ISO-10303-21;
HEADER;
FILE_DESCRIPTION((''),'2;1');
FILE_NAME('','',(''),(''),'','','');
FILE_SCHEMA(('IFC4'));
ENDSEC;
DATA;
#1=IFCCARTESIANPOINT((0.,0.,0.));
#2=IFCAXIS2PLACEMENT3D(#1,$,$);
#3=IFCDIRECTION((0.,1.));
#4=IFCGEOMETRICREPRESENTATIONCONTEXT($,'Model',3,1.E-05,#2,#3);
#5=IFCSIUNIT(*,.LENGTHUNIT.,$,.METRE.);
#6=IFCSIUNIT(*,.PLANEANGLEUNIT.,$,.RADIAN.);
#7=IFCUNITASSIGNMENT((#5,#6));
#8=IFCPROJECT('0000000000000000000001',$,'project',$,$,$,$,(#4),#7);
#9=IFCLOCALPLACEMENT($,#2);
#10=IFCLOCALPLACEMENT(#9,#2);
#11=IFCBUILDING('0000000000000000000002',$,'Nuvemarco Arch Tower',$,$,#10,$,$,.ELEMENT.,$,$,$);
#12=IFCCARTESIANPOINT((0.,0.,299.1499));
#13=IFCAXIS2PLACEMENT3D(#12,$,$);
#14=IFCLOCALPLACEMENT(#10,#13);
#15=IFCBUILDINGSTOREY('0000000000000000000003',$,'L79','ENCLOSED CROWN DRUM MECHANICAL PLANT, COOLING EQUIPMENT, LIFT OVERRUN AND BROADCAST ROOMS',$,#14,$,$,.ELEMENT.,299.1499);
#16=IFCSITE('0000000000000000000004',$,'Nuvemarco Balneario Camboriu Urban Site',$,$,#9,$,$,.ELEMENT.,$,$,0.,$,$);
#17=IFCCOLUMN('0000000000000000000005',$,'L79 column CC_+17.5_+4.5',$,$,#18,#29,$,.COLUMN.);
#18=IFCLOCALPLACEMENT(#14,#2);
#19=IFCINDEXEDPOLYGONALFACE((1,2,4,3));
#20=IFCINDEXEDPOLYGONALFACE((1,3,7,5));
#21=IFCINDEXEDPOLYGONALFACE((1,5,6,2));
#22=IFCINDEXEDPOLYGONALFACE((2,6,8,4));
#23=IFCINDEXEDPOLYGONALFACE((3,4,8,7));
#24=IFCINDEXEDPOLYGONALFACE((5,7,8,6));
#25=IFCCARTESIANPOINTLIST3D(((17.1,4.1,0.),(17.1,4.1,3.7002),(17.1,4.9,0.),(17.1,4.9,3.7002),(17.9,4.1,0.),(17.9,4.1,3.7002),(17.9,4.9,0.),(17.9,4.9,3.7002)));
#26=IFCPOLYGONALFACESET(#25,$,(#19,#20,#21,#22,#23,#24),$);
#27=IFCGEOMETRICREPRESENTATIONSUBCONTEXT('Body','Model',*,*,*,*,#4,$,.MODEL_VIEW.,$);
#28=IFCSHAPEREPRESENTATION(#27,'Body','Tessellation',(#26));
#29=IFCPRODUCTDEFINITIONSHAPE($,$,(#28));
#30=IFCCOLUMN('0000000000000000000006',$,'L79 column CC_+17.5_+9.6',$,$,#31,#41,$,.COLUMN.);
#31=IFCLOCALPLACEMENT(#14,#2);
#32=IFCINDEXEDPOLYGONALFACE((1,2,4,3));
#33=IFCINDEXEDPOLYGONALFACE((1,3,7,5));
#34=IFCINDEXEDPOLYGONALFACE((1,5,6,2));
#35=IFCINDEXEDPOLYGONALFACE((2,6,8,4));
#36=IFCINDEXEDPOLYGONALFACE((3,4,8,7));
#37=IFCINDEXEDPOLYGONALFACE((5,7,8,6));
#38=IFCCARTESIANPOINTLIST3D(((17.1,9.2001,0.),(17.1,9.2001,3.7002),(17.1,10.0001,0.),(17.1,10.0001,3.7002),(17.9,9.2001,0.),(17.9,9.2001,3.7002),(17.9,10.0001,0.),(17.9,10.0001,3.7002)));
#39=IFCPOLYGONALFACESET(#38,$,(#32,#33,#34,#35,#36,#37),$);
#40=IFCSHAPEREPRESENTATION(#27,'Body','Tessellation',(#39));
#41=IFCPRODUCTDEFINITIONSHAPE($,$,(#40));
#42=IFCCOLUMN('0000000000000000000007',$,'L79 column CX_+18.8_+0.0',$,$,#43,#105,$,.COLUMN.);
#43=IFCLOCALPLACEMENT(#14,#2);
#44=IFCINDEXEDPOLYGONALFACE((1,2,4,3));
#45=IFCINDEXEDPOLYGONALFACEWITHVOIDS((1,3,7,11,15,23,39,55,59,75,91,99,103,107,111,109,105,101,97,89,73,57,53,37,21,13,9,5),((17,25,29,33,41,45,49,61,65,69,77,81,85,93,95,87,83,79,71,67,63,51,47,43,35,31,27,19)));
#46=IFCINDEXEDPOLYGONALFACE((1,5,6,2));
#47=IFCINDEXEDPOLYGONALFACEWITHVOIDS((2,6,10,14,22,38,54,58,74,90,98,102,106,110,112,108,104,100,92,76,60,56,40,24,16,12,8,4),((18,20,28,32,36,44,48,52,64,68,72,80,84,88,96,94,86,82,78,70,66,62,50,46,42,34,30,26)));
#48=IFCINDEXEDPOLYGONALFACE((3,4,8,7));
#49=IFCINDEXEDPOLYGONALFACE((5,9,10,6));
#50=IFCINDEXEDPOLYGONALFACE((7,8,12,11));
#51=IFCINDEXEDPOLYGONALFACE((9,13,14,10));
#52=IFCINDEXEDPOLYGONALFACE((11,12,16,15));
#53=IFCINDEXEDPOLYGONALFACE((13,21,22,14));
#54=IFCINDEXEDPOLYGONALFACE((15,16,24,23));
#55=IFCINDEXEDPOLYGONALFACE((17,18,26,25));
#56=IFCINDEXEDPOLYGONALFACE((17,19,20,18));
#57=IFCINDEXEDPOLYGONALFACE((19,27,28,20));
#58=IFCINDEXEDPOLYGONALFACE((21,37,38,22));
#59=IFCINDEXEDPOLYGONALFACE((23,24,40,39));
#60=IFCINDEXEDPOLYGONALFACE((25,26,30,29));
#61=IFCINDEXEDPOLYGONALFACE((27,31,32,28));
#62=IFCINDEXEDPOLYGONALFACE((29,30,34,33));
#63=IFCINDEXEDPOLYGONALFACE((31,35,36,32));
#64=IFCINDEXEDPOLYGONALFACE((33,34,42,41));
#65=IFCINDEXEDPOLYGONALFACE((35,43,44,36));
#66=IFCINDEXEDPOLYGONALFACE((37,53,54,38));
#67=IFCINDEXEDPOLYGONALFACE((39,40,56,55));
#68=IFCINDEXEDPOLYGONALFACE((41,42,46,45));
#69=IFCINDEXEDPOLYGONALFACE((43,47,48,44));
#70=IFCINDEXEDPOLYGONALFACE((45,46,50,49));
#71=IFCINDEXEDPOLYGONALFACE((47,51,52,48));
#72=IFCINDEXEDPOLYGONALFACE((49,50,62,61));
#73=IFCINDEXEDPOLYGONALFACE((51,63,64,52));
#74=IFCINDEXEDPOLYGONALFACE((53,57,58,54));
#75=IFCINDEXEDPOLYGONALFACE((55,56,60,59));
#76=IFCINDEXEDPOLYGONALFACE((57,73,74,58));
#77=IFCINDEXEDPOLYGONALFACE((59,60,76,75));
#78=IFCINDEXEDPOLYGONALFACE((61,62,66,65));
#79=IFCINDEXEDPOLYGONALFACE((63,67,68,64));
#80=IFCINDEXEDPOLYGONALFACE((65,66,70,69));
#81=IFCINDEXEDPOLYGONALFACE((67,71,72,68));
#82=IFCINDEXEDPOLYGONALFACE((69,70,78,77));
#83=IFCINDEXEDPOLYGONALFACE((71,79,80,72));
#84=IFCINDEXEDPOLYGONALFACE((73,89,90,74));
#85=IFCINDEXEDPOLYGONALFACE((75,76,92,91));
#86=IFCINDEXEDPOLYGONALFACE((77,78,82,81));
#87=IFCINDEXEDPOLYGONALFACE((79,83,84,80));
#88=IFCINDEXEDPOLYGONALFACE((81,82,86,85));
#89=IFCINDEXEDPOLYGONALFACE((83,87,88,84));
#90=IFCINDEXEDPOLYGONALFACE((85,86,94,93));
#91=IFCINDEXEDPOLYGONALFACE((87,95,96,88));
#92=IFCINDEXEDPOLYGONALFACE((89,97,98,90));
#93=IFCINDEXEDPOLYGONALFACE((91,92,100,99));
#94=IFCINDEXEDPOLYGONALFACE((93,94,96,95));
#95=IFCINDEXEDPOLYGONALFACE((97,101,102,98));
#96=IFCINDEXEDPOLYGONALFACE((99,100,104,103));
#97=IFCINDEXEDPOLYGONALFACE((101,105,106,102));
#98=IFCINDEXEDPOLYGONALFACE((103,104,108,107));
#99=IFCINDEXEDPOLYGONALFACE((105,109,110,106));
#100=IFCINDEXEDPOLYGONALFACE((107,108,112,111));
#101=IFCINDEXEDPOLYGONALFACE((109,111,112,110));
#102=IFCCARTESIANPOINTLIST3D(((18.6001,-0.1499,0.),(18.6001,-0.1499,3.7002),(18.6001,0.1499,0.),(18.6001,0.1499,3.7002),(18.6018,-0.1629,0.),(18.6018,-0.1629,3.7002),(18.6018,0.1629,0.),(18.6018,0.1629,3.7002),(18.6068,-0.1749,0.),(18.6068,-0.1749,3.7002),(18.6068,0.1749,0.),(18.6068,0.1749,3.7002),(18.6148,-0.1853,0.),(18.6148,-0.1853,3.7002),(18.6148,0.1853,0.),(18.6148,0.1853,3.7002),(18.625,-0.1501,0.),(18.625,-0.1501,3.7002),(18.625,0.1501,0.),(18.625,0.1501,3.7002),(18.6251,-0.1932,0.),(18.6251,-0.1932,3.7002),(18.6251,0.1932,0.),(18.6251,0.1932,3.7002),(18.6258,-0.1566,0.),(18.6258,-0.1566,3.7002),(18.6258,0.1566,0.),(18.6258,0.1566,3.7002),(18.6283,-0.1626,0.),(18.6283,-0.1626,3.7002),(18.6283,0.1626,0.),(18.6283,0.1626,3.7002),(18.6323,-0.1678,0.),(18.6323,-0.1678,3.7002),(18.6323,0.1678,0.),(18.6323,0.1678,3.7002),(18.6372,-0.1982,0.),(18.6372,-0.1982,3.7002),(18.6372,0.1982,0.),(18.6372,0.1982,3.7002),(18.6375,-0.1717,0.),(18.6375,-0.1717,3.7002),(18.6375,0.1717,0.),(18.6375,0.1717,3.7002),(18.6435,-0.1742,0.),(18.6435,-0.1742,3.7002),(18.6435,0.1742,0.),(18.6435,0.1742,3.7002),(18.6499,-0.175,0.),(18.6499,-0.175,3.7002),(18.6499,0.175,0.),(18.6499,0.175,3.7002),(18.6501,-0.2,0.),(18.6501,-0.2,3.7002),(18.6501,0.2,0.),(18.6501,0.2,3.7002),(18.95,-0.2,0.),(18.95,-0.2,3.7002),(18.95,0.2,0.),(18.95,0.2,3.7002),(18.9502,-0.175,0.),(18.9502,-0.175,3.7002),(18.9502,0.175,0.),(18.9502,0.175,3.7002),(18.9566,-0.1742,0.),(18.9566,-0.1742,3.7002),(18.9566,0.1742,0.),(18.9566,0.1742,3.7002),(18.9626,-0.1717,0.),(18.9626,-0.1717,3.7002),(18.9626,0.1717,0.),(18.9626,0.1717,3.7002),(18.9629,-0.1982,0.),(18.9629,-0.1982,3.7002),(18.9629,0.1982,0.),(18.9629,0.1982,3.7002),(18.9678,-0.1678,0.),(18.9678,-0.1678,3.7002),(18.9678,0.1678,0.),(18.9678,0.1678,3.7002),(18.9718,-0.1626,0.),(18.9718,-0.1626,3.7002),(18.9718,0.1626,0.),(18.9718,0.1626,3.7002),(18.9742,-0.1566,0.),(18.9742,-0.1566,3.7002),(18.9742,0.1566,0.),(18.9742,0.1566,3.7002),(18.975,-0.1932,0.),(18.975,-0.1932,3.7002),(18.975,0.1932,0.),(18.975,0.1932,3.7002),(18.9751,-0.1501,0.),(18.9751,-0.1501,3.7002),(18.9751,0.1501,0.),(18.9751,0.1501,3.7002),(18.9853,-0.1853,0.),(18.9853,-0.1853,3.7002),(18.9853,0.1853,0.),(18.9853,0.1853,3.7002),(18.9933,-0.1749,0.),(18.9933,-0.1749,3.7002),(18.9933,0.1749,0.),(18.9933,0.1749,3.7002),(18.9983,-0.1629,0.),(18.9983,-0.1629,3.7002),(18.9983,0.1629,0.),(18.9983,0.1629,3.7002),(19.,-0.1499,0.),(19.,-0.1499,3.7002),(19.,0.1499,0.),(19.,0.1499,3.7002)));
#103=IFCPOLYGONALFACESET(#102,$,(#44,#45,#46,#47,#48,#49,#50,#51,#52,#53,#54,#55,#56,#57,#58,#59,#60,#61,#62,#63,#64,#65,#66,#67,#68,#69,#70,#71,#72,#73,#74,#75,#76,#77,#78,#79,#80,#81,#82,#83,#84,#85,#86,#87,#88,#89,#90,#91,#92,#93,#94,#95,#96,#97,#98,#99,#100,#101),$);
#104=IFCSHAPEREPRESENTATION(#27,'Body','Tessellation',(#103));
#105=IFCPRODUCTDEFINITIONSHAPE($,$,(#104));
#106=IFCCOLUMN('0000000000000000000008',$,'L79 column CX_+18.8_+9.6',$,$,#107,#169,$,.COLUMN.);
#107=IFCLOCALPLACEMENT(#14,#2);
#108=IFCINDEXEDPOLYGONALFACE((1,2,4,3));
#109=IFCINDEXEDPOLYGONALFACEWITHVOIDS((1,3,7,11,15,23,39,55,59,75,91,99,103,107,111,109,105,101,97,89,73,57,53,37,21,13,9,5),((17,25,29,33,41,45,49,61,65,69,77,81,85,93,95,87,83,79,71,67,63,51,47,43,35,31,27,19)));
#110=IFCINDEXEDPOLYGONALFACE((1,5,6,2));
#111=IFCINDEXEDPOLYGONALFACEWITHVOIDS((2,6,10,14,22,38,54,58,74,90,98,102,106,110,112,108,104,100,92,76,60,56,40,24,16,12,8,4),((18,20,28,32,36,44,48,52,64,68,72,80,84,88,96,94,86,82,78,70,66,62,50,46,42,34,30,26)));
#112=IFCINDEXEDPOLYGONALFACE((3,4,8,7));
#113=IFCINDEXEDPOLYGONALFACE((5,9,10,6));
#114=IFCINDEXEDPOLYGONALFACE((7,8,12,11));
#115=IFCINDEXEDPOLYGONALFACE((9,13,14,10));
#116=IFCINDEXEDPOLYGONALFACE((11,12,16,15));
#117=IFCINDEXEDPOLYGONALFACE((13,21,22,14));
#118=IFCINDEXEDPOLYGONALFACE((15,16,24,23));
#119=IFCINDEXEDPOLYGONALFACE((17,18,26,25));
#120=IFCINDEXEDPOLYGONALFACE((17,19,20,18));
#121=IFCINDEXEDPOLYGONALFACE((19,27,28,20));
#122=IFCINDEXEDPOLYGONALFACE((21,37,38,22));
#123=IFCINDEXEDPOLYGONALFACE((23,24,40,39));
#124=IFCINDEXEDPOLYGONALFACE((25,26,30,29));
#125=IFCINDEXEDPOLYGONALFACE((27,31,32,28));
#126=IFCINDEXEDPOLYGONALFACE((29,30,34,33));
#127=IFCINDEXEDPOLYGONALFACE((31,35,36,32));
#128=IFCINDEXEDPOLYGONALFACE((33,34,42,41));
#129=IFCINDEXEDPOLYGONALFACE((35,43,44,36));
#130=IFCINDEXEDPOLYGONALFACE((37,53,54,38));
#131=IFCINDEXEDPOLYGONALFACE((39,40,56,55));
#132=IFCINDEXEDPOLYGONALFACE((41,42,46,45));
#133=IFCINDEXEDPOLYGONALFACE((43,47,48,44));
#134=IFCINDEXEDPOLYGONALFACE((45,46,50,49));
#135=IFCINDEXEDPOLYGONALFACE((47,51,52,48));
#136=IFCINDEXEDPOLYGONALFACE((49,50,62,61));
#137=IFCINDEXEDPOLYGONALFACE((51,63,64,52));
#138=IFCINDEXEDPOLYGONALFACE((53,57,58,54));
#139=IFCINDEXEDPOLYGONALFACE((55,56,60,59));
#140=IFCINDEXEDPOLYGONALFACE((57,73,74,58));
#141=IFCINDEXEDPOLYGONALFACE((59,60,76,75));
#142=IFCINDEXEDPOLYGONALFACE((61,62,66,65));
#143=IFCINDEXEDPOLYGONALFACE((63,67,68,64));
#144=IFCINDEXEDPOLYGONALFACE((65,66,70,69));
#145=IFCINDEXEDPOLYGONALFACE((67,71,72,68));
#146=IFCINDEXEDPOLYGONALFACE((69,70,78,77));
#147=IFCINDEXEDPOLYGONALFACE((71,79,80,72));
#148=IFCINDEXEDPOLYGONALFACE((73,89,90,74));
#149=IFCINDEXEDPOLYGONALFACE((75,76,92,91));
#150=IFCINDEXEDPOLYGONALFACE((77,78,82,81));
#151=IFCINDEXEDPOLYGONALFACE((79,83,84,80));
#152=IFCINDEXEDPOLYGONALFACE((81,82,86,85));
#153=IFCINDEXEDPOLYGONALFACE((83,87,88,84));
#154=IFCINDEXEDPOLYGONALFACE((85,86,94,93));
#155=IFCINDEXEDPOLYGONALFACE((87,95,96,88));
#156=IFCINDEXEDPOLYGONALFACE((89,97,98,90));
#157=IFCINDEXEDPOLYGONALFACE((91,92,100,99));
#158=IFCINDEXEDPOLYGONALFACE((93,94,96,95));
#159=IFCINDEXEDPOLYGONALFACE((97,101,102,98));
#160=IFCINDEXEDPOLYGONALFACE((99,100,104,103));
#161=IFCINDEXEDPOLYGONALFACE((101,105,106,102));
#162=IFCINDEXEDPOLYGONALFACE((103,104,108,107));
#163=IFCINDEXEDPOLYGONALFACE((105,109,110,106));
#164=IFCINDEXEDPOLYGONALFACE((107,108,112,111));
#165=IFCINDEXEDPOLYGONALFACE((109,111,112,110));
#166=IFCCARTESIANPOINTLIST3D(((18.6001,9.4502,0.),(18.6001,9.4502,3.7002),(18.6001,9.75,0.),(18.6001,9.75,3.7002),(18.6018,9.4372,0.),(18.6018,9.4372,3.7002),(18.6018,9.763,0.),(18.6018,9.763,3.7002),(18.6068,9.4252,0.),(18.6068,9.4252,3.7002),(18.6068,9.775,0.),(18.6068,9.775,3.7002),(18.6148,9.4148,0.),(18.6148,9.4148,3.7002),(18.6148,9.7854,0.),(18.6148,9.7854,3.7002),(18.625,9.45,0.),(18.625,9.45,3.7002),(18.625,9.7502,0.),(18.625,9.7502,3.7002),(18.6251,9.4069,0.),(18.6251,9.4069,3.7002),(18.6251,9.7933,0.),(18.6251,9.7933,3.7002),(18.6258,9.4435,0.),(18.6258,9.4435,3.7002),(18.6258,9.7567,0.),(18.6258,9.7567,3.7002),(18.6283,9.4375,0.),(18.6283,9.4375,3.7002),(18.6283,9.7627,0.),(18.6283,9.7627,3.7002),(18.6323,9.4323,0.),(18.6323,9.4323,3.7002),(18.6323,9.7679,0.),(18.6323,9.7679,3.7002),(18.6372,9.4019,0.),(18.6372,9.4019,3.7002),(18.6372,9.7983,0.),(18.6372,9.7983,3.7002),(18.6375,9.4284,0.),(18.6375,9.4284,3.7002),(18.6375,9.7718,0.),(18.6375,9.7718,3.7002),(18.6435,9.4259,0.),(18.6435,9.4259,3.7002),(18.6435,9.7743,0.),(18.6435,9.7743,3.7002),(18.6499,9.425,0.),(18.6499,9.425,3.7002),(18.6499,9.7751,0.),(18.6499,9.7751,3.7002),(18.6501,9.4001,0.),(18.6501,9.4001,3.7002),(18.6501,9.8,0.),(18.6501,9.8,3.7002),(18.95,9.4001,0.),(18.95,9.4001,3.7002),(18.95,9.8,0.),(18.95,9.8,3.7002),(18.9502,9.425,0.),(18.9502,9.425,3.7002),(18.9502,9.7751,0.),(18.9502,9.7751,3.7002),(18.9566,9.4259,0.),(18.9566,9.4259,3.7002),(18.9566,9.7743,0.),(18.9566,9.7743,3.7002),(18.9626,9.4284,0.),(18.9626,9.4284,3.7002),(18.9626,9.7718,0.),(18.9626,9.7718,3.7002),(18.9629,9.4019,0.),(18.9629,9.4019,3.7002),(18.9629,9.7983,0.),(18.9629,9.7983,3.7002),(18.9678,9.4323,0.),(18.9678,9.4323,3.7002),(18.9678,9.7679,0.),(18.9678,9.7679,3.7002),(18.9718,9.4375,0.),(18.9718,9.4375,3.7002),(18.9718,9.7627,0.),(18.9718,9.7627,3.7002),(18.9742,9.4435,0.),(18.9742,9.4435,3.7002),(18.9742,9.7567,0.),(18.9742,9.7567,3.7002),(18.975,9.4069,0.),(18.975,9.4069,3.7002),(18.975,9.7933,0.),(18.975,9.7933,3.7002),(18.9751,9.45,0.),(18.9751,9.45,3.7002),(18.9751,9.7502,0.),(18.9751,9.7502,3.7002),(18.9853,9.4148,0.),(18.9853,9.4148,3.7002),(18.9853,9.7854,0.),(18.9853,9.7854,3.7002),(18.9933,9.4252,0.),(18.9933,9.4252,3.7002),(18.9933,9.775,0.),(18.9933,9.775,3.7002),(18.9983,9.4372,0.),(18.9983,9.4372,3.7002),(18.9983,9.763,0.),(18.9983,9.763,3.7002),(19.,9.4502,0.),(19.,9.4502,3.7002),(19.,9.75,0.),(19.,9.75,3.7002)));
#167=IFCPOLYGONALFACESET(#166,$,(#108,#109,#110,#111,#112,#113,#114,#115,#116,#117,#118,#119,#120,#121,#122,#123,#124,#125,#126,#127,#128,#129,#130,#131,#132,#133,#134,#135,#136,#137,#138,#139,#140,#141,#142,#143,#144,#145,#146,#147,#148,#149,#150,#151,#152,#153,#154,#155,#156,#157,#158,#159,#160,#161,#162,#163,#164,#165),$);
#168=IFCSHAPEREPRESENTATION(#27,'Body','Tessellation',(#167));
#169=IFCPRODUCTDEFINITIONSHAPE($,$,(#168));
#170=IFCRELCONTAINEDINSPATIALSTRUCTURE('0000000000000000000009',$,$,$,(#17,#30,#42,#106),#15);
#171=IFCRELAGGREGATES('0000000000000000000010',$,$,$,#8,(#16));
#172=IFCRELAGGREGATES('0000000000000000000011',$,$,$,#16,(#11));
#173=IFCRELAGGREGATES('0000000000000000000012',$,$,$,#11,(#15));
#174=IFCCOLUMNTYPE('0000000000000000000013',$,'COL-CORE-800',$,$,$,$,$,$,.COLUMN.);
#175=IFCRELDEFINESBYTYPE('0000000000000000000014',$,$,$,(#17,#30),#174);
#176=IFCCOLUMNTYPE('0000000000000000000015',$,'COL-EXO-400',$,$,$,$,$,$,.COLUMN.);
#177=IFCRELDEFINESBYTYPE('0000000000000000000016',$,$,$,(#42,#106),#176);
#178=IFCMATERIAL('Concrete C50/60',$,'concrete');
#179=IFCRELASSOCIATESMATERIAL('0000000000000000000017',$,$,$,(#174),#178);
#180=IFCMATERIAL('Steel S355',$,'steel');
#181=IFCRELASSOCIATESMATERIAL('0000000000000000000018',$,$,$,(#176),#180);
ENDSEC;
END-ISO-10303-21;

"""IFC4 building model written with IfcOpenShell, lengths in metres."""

from ifc_helpers import new_model, si_unit, direction, frame, origin, origin_2d, place, context, subcontext, project, spatial, rectangle, hollow_rectangle, extrude, material, material_profile, profile_set, type_object, element, save


model = new_model("IFC4")

# Units and contexts
model_context = context("Model", 3, precision=1e-05, world=origin(), true_north=direction((0.0, 1.0)))
body_context = subcontext(model_context, "Body", "Model", "MODEL_VIEW")
ifc_project = project(units=[si_unit("LENGTHUNIT", "METRE"), si_unit("PLANEANGLEUNIT", "RADIAN")], contexts=[model_context])

# Site, building, storey
site_placement = place(None, origin())
site = spatial("IfcSite", under=ifc_project, at=site_placement, Name="Nuvemarco Balneario Camboriu Urban Site", CompositionType="ELEMENT", RefElevation=0.0)
building_placement = place(site_placement, origin())
building = spatial("IfcBuilding", under=site, at=building_placement, Name="Nuvemarco Arch Tower", CompositionType="ELEMENT")
storey_placement = place(building_placement, frame((0.0, 0.0, 299.1499)))
storey = spatial("IfcBuildingStorey", under=building, at=storey_placement, Name="L79", Description="ENCLOSED CROWN DRUM MECHANICAL PLANT, COOLING EQUIPMENT, LIFT OVERRUN AND BROADCAST ROOMS", CompositionType="ELEMENT", Elevation=299.1499)

# Columns
ifc_material_1 = material(Name="Concrete C50/60", Category="concrete")
ifc_material_profile_1 = material_profile(ifc_material_1, rectangle(XDim=0.8, YDim=0.8, at=origin_2d()), Name="RC-COL-800x800")
ifc_profile_set_1 = profile_set([ifc_material_profile_1], Name="Concrete C50/60")
column_type_1 = type_object("IfcColumnType", Name="COL-CORE-800", PredefinedType="COLUMN", material=ifc_profile_set_1)
for number, where, z_axis, x_axis, name in (
    (1, (17.5, 4.5, 0.0), (0.0, 0.0, 1.0), (1.0, 0.0, 0.0), "L79 column CC_+17.5_+4.5"),
    (2, (17.5, 9.6001, 0.0), (0.0, 0.0, 1.0), (1.0, 0.0, 0.0), "L79 column CC_+17.5_+9.6"),
):
    element("IfcColumn", number, at=place(storey_placement, frame(where, z_axis=z_axis, x_axis=x_axis)), inside=storey, type_object=column_type_1, Name=name, PredefinedType="COLUMN", context=body_context, shape_type="SweptSolid", body=[
        extrude(rectangle(XDim=0.8, YDim=0.8, at=origin_2d()), origin(), (0.0, 0.0, 1.0), 3.7002),
    ])
ifc_material_2 = material(Name="Steel S355", Category="steel")
ifc_material_profile_2 = material_profile(ifc_material_2, hollow_rectangle(XDim=0.3999, YDim=0.3999, WallThickness=0.0249, InnerFilletRadius=0.0249, OuterFilletRadius=0.05, at=origin_2d()), Name="SHS400x400x25")
ifc_profile_set_2 = profile_set([ifc_material_profile_2], Name="Steel S355")
column_type_2 = type_object("IfcColumnType", Name="COL-EXO-400", PredefinedType="COLUMN", material=ifc_profile_set_2)
for number, where, z_axis, x_axis, name in (
    (3, (18.8, 0.0, 0.0), (0.0, 0.0, 1.0), (1.0, 0.0, 0.0), "L79 column CX_+18.8_+0.0"),
    (4, (18.8, 9.6001, 0.0), (0.0, 0.0, 1.0), (1.0, 0.0, 0.0), "L79 column CX_+18.8_+9.6"),
):
    element("IfcColumn", number, at=place(storey_placement, frame(where, z_axis=z_axis, x_axis=x_axis)), inside=storey, type_object=column_type_2, Name=name, PredefinedType="COLUMN", context=body_context, shape_type="SweptSolid", body=[
        extrude(hollow_rectangle(XDim=0.3999, YDim=0.3999, WallThickness=0.0249, InnerFilletRadius=0.0249, OuterFilletRadius=0.05, at=origin_2d()), origin(), (0.0, 0.0, 1.0), 3.7002),
    ])

save(model, "model.ifc")
